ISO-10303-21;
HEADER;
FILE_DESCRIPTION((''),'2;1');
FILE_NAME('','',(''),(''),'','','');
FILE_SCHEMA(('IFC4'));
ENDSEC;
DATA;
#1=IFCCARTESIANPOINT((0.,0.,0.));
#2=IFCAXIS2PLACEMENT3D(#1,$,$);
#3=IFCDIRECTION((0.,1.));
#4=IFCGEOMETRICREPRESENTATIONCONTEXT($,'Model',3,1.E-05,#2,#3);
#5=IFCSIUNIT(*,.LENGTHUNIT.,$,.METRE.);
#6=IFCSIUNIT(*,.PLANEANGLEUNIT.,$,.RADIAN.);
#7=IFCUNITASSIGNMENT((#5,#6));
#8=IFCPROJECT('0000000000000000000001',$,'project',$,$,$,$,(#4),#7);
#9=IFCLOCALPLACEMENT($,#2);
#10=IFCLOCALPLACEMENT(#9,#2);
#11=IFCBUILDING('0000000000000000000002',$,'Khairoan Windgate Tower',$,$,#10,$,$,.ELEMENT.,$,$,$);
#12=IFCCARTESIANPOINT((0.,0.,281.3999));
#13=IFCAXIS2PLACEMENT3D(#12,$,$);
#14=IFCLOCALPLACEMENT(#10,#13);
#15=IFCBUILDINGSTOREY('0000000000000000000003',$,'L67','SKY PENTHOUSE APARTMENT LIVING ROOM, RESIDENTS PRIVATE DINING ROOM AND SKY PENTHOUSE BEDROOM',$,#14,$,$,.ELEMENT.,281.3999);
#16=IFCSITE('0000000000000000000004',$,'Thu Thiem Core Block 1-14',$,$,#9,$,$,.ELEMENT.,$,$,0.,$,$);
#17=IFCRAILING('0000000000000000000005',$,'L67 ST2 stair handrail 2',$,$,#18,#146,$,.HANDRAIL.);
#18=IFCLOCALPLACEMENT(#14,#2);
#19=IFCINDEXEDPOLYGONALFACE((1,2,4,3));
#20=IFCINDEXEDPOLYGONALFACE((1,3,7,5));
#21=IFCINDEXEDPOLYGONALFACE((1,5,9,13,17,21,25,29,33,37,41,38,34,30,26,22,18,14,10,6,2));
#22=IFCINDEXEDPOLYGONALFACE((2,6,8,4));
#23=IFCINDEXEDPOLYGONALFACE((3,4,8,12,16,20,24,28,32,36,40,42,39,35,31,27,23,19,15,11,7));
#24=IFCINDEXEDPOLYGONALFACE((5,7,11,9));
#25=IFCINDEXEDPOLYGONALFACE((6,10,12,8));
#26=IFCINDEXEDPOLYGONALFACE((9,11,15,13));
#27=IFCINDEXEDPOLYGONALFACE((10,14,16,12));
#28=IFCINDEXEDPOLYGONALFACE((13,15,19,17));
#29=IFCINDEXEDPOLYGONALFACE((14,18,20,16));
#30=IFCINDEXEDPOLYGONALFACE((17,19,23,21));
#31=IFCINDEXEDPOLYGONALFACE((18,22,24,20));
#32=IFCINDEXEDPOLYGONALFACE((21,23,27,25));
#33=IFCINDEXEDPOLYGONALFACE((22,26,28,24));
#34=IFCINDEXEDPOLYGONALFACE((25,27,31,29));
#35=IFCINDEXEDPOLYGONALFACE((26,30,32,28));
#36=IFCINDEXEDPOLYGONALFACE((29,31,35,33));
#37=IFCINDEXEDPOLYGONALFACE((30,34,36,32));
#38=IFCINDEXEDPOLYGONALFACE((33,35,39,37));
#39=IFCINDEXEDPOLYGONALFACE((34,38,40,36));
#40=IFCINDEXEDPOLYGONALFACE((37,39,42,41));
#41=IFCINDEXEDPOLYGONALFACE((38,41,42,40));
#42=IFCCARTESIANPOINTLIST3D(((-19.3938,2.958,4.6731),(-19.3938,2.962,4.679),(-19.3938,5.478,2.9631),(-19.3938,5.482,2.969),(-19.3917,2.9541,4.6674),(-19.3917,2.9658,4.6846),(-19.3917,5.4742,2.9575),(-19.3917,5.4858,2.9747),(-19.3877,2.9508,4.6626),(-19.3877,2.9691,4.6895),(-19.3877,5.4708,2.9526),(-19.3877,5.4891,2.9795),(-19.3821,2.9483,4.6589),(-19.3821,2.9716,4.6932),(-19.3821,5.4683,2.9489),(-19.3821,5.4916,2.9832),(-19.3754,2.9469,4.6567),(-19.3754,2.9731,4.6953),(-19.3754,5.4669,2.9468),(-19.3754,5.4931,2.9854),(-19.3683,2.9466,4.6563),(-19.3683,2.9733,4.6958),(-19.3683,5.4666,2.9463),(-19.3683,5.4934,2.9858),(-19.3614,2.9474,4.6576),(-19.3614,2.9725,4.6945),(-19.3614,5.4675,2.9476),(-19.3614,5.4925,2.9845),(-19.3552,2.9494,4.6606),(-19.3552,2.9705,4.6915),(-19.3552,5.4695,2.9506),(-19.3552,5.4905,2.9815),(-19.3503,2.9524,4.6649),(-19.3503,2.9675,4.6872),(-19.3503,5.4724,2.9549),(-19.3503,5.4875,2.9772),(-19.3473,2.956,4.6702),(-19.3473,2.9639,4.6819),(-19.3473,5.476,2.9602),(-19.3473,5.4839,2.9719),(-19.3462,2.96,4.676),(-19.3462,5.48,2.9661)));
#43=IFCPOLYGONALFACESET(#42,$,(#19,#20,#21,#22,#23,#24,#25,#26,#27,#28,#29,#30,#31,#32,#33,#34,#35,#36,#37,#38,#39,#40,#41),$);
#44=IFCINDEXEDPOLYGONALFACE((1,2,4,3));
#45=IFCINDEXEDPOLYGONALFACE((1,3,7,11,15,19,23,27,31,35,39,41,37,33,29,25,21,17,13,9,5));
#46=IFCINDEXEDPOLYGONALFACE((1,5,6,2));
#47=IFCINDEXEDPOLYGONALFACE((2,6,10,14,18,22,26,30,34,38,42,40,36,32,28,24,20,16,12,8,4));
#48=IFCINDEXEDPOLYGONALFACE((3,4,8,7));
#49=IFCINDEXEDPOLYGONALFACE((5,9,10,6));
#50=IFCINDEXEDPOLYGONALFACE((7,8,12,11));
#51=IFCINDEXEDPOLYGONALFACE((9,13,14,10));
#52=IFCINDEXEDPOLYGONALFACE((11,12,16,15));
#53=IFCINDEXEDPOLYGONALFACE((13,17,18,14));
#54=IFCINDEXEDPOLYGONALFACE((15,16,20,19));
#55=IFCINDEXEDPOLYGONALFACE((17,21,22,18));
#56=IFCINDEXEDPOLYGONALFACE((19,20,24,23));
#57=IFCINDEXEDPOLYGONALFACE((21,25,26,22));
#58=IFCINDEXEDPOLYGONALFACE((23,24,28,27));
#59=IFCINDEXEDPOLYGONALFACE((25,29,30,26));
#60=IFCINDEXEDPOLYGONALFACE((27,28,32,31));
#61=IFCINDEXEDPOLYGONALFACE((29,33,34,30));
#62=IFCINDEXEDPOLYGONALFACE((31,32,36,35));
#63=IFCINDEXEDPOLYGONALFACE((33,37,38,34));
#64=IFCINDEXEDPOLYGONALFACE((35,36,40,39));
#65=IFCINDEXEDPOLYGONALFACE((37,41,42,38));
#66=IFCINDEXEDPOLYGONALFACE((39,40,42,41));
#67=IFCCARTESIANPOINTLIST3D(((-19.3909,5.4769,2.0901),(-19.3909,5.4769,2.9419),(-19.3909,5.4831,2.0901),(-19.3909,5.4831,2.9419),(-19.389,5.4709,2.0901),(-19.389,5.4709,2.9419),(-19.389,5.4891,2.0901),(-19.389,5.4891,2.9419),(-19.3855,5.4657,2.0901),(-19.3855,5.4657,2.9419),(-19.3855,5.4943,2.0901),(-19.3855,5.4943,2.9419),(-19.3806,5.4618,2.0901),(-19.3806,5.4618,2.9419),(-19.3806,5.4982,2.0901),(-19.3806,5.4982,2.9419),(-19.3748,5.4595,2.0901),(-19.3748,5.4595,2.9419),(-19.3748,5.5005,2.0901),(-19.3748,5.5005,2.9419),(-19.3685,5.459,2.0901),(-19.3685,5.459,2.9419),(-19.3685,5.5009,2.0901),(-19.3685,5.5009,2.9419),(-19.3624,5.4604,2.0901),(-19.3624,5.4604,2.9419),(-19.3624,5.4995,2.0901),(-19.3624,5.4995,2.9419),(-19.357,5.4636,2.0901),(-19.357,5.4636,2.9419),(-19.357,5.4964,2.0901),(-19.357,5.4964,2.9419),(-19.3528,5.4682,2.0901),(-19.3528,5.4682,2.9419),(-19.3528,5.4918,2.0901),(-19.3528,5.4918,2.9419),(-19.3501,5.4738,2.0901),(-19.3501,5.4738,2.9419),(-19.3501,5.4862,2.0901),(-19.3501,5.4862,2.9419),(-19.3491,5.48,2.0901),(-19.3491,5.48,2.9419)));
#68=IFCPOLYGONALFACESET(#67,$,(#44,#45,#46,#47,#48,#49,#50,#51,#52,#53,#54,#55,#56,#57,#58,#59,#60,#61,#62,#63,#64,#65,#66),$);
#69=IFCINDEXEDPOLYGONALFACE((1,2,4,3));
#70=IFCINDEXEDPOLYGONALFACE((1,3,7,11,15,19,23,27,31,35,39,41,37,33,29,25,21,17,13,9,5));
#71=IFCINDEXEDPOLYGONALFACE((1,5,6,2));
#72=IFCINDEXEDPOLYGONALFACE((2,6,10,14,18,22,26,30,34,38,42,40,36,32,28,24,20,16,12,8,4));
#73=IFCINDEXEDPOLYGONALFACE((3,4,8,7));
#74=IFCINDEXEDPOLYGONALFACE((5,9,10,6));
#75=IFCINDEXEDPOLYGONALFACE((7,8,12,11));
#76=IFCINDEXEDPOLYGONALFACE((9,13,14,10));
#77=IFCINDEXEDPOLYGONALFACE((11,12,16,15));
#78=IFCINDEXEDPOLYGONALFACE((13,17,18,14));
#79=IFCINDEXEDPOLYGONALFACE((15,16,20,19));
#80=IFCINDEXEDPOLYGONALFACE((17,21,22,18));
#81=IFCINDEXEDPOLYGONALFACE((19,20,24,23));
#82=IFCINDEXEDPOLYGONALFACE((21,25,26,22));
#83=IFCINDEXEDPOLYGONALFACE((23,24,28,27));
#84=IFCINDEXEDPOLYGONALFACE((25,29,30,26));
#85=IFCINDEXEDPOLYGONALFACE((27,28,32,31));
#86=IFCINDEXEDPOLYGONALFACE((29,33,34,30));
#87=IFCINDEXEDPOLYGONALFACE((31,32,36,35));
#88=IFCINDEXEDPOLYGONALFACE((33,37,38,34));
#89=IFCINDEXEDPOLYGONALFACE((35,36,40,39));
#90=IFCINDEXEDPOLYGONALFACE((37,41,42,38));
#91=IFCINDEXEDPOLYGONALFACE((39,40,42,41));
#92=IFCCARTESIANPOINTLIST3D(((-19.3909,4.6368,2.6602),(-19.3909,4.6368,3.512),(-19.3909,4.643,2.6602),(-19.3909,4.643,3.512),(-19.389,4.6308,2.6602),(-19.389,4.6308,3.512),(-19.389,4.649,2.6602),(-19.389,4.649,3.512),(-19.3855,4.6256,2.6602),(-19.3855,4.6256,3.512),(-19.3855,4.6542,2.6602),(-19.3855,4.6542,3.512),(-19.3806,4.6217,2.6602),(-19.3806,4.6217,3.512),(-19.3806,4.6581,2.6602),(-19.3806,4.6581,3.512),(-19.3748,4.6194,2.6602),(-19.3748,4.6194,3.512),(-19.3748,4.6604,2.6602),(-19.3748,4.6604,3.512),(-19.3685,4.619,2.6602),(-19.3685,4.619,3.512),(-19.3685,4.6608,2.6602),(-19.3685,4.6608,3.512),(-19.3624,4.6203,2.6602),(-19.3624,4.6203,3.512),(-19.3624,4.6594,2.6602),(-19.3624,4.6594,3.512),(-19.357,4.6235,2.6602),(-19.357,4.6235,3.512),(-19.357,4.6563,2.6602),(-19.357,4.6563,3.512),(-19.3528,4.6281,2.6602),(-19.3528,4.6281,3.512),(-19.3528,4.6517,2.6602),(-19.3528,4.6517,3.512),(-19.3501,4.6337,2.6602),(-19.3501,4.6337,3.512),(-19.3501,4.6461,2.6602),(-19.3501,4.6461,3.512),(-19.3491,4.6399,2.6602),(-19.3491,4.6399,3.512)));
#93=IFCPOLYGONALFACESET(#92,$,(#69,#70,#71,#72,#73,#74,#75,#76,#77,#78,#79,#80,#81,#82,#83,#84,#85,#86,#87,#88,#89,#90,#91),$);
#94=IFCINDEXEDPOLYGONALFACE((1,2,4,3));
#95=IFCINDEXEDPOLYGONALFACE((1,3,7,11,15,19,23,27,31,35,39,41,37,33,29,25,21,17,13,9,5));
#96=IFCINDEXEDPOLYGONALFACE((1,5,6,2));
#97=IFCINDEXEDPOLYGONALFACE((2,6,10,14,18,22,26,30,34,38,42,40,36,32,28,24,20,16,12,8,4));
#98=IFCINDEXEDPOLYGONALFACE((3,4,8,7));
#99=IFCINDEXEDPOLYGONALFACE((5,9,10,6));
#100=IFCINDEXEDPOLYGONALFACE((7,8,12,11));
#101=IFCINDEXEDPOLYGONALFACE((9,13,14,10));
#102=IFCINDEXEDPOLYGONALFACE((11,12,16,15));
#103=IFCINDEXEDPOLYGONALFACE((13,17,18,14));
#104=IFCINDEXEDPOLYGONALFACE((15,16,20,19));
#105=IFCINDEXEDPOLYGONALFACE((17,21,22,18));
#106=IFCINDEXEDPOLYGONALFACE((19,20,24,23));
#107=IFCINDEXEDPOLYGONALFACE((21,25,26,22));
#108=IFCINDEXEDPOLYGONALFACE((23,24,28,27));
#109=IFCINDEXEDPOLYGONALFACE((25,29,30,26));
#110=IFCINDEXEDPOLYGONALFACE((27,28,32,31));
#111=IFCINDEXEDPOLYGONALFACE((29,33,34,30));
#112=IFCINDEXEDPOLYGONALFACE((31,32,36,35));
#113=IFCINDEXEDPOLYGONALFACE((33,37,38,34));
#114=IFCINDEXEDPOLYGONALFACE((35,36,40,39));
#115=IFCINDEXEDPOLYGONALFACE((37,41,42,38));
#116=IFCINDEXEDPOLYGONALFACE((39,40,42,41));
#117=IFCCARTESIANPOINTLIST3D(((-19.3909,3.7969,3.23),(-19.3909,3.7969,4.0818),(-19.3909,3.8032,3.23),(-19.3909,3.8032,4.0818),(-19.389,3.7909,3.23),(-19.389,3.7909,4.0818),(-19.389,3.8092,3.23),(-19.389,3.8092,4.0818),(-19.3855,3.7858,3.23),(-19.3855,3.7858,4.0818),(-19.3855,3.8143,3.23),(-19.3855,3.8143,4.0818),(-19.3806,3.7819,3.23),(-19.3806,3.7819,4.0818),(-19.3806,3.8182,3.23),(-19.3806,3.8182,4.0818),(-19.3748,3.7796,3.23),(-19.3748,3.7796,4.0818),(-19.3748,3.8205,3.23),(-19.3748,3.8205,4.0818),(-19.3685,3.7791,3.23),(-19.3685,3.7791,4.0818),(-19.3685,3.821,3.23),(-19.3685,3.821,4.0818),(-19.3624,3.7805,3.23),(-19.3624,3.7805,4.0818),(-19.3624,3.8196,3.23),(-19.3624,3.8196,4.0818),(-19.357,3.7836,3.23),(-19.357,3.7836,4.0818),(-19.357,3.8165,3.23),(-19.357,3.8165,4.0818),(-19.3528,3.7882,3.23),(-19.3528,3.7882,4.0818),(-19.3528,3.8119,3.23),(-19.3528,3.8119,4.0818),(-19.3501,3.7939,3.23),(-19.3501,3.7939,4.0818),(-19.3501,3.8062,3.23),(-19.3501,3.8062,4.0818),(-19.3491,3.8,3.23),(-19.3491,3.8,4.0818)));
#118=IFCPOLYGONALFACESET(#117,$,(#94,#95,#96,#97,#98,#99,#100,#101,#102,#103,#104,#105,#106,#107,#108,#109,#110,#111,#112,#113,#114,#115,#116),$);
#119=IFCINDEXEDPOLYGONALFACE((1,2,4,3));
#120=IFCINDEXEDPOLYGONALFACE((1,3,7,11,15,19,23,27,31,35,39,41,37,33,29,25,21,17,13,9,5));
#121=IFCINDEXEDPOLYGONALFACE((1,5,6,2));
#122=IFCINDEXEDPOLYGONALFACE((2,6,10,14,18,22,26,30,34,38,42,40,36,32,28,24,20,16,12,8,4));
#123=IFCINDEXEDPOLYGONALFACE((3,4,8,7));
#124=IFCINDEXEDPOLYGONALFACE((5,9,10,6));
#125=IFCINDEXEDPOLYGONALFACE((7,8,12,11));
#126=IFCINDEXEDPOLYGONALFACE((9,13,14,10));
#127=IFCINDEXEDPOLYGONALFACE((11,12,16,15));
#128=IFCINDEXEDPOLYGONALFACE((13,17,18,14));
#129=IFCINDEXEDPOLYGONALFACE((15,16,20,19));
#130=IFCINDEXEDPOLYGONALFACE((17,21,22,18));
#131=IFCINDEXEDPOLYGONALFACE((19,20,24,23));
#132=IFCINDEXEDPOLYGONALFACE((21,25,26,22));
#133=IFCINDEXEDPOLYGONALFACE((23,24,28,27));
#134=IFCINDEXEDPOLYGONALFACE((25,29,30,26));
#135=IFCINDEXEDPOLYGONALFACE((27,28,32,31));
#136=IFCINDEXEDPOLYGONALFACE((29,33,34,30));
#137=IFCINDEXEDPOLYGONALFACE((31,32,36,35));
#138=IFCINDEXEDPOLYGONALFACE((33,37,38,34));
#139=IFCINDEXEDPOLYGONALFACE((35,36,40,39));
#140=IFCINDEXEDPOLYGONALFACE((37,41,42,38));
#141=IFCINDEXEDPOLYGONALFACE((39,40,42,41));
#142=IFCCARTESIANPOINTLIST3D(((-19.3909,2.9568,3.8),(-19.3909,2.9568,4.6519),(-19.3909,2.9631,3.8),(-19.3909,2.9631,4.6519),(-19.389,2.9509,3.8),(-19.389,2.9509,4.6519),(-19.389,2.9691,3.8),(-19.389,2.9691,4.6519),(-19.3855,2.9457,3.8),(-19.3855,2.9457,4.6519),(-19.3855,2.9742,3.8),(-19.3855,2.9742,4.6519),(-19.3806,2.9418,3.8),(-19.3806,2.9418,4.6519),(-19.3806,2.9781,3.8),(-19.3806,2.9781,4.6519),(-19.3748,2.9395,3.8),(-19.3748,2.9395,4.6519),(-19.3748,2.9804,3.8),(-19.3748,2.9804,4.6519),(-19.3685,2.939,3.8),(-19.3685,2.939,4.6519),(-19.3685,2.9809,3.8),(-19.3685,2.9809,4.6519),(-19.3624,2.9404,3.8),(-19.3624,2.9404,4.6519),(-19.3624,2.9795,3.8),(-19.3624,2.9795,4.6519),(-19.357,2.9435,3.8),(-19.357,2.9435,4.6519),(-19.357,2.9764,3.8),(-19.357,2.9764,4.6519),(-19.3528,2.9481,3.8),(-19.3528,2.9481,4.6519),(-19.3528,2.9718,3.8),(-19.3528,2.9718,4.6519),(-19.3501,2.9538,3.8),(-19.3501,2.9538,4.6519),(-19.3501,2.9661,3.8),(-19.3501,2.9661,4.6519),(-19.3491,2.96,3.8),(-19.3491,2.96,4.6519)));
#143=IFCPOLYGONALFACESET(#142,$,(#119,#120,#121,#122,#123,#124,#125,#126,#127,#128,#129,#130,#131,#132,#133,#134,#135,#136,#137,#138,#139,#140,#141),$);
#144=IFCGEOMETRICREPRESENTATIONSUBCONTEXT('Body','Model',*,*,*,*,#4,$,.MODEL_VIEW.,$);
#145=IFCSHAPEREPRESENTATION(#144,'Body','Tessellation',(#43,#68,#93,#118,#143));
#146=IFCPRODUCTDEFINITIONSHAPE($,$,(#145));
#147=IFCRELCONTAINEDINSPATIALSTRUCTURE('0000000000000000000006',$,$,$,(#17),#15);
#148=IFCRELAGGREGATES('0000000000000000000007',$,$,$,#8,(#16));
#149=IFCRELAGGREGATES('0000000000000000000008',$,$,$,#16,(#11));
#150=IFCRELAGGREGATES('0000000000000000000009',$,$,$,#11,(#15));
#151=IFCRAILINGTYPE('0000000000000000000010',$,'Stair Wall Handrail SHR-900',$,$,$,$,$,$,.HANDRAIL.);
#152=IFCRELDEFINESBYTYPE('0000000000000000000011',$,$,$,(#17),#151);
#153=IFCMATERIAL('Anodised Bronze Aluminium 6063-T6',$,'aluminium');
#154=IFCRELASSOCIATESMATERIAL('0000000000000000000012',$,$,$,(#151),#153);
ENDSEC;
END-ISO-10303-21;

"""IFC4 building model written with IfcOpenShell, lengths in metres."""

from ifc_helpers import new_model, si_unit, direction, frame, origin, origin_2d, place, context, subcontext, project, spatial, circle, extrude, material, type_object, element, save


model = new_model("IFC4")

# Units and contexts
model_context = context("Model", 3, precision=1e-05, world=origin(), true_north=direction((0.0, 1.0)))
body_context = subcontext(model_context, "Body", "Model", "MODEL_VIEW")
ifc_project = project(units=[si_unit("LENGTHUNIT", "METRE"), si_unit("PLANEANGLEUNIT", "RADIAN")], contexts=[model_context])

# Site, building, storey
site_placement = place(None, origin())
site = spatial("IfcSite", under=ifc_project, at=site_placement, Name="Thu Thiem Core Block 1-14", CompositionType="ELEMENT", RefElevation=0.0)
building_placement = place(site_placement, origin())
building = spatial("IfcBuilding", under=site, at=building_placement, Name="Khairoan Windgate Tower", CompositionType="ELEMENT")
storey_placement = place(building_placement, frame((0.0, 0.0, 281.3999)))
storey = spatial("IfcBuildingStorey", under=building, at=storey_placement, Name="L67", Description="SKY PENTHOUSE APARTMENT LIVING ROOM, RESIDENTS PRIVATE DINING ROOM AND SKY PENTHOUSE BEDROOM", CompositionType="ELEMENT", Elevation=281.3999)

# Railing
ifc_material_1 = material(Name="Anodised Bronze Aluminium 6063-T6", Category="aluminium")
railing_type_1 = type_object("IfcRailingType", Name="Stair Wall Handrail SHR-900", PredefinedType="HANDRAIL", material=ifc_material_1)
railing_1_placement = place(storey_placement, frame((-19.3701, 5.48, 2.0901)))
element("IfcRailing", 1, at=railing_1_placement, inside=storey, type_object=railing_type_1, Name="L67 ST2 stair handrail 2", PredefinedType="HANDRAIL", context=body_context, shape_type="SweptSolid", body=[
    extrude(circle(Radius=0.0239, at=origin_2d()), frame((0.0, 0.0, 0.876), z_axis=(0.0, -0.827484, 0.56149), x_axis=(1.0, 0.0, 0.0)), (0.0, 0.0, 1.0), 3.0454),
    extrude(circle(Radius=0.021, at=origin_2d()), origin(), (0.0, 0.0, 1.0), 0.8518),
    extrude(circle(Radius=0.021, at=origin_2d()), frame((0.0, -0.8401, 0.5701)), (0.0, 0.0, 1.0), 0.8518),
    extrude(circle(Radius=0.021, at=origin_2d()), frame((0.0, -1.6799, 1.1399)), (0.0, 0.0, 1.0), 0.8518),
    extrude(circle(Radius=0.021, at=origin_2d()), frame((0.0, -2.52, 1.71)), (0.0, 0.0, 1.0), 0.8518),
])

save(model, "model.ifc")
